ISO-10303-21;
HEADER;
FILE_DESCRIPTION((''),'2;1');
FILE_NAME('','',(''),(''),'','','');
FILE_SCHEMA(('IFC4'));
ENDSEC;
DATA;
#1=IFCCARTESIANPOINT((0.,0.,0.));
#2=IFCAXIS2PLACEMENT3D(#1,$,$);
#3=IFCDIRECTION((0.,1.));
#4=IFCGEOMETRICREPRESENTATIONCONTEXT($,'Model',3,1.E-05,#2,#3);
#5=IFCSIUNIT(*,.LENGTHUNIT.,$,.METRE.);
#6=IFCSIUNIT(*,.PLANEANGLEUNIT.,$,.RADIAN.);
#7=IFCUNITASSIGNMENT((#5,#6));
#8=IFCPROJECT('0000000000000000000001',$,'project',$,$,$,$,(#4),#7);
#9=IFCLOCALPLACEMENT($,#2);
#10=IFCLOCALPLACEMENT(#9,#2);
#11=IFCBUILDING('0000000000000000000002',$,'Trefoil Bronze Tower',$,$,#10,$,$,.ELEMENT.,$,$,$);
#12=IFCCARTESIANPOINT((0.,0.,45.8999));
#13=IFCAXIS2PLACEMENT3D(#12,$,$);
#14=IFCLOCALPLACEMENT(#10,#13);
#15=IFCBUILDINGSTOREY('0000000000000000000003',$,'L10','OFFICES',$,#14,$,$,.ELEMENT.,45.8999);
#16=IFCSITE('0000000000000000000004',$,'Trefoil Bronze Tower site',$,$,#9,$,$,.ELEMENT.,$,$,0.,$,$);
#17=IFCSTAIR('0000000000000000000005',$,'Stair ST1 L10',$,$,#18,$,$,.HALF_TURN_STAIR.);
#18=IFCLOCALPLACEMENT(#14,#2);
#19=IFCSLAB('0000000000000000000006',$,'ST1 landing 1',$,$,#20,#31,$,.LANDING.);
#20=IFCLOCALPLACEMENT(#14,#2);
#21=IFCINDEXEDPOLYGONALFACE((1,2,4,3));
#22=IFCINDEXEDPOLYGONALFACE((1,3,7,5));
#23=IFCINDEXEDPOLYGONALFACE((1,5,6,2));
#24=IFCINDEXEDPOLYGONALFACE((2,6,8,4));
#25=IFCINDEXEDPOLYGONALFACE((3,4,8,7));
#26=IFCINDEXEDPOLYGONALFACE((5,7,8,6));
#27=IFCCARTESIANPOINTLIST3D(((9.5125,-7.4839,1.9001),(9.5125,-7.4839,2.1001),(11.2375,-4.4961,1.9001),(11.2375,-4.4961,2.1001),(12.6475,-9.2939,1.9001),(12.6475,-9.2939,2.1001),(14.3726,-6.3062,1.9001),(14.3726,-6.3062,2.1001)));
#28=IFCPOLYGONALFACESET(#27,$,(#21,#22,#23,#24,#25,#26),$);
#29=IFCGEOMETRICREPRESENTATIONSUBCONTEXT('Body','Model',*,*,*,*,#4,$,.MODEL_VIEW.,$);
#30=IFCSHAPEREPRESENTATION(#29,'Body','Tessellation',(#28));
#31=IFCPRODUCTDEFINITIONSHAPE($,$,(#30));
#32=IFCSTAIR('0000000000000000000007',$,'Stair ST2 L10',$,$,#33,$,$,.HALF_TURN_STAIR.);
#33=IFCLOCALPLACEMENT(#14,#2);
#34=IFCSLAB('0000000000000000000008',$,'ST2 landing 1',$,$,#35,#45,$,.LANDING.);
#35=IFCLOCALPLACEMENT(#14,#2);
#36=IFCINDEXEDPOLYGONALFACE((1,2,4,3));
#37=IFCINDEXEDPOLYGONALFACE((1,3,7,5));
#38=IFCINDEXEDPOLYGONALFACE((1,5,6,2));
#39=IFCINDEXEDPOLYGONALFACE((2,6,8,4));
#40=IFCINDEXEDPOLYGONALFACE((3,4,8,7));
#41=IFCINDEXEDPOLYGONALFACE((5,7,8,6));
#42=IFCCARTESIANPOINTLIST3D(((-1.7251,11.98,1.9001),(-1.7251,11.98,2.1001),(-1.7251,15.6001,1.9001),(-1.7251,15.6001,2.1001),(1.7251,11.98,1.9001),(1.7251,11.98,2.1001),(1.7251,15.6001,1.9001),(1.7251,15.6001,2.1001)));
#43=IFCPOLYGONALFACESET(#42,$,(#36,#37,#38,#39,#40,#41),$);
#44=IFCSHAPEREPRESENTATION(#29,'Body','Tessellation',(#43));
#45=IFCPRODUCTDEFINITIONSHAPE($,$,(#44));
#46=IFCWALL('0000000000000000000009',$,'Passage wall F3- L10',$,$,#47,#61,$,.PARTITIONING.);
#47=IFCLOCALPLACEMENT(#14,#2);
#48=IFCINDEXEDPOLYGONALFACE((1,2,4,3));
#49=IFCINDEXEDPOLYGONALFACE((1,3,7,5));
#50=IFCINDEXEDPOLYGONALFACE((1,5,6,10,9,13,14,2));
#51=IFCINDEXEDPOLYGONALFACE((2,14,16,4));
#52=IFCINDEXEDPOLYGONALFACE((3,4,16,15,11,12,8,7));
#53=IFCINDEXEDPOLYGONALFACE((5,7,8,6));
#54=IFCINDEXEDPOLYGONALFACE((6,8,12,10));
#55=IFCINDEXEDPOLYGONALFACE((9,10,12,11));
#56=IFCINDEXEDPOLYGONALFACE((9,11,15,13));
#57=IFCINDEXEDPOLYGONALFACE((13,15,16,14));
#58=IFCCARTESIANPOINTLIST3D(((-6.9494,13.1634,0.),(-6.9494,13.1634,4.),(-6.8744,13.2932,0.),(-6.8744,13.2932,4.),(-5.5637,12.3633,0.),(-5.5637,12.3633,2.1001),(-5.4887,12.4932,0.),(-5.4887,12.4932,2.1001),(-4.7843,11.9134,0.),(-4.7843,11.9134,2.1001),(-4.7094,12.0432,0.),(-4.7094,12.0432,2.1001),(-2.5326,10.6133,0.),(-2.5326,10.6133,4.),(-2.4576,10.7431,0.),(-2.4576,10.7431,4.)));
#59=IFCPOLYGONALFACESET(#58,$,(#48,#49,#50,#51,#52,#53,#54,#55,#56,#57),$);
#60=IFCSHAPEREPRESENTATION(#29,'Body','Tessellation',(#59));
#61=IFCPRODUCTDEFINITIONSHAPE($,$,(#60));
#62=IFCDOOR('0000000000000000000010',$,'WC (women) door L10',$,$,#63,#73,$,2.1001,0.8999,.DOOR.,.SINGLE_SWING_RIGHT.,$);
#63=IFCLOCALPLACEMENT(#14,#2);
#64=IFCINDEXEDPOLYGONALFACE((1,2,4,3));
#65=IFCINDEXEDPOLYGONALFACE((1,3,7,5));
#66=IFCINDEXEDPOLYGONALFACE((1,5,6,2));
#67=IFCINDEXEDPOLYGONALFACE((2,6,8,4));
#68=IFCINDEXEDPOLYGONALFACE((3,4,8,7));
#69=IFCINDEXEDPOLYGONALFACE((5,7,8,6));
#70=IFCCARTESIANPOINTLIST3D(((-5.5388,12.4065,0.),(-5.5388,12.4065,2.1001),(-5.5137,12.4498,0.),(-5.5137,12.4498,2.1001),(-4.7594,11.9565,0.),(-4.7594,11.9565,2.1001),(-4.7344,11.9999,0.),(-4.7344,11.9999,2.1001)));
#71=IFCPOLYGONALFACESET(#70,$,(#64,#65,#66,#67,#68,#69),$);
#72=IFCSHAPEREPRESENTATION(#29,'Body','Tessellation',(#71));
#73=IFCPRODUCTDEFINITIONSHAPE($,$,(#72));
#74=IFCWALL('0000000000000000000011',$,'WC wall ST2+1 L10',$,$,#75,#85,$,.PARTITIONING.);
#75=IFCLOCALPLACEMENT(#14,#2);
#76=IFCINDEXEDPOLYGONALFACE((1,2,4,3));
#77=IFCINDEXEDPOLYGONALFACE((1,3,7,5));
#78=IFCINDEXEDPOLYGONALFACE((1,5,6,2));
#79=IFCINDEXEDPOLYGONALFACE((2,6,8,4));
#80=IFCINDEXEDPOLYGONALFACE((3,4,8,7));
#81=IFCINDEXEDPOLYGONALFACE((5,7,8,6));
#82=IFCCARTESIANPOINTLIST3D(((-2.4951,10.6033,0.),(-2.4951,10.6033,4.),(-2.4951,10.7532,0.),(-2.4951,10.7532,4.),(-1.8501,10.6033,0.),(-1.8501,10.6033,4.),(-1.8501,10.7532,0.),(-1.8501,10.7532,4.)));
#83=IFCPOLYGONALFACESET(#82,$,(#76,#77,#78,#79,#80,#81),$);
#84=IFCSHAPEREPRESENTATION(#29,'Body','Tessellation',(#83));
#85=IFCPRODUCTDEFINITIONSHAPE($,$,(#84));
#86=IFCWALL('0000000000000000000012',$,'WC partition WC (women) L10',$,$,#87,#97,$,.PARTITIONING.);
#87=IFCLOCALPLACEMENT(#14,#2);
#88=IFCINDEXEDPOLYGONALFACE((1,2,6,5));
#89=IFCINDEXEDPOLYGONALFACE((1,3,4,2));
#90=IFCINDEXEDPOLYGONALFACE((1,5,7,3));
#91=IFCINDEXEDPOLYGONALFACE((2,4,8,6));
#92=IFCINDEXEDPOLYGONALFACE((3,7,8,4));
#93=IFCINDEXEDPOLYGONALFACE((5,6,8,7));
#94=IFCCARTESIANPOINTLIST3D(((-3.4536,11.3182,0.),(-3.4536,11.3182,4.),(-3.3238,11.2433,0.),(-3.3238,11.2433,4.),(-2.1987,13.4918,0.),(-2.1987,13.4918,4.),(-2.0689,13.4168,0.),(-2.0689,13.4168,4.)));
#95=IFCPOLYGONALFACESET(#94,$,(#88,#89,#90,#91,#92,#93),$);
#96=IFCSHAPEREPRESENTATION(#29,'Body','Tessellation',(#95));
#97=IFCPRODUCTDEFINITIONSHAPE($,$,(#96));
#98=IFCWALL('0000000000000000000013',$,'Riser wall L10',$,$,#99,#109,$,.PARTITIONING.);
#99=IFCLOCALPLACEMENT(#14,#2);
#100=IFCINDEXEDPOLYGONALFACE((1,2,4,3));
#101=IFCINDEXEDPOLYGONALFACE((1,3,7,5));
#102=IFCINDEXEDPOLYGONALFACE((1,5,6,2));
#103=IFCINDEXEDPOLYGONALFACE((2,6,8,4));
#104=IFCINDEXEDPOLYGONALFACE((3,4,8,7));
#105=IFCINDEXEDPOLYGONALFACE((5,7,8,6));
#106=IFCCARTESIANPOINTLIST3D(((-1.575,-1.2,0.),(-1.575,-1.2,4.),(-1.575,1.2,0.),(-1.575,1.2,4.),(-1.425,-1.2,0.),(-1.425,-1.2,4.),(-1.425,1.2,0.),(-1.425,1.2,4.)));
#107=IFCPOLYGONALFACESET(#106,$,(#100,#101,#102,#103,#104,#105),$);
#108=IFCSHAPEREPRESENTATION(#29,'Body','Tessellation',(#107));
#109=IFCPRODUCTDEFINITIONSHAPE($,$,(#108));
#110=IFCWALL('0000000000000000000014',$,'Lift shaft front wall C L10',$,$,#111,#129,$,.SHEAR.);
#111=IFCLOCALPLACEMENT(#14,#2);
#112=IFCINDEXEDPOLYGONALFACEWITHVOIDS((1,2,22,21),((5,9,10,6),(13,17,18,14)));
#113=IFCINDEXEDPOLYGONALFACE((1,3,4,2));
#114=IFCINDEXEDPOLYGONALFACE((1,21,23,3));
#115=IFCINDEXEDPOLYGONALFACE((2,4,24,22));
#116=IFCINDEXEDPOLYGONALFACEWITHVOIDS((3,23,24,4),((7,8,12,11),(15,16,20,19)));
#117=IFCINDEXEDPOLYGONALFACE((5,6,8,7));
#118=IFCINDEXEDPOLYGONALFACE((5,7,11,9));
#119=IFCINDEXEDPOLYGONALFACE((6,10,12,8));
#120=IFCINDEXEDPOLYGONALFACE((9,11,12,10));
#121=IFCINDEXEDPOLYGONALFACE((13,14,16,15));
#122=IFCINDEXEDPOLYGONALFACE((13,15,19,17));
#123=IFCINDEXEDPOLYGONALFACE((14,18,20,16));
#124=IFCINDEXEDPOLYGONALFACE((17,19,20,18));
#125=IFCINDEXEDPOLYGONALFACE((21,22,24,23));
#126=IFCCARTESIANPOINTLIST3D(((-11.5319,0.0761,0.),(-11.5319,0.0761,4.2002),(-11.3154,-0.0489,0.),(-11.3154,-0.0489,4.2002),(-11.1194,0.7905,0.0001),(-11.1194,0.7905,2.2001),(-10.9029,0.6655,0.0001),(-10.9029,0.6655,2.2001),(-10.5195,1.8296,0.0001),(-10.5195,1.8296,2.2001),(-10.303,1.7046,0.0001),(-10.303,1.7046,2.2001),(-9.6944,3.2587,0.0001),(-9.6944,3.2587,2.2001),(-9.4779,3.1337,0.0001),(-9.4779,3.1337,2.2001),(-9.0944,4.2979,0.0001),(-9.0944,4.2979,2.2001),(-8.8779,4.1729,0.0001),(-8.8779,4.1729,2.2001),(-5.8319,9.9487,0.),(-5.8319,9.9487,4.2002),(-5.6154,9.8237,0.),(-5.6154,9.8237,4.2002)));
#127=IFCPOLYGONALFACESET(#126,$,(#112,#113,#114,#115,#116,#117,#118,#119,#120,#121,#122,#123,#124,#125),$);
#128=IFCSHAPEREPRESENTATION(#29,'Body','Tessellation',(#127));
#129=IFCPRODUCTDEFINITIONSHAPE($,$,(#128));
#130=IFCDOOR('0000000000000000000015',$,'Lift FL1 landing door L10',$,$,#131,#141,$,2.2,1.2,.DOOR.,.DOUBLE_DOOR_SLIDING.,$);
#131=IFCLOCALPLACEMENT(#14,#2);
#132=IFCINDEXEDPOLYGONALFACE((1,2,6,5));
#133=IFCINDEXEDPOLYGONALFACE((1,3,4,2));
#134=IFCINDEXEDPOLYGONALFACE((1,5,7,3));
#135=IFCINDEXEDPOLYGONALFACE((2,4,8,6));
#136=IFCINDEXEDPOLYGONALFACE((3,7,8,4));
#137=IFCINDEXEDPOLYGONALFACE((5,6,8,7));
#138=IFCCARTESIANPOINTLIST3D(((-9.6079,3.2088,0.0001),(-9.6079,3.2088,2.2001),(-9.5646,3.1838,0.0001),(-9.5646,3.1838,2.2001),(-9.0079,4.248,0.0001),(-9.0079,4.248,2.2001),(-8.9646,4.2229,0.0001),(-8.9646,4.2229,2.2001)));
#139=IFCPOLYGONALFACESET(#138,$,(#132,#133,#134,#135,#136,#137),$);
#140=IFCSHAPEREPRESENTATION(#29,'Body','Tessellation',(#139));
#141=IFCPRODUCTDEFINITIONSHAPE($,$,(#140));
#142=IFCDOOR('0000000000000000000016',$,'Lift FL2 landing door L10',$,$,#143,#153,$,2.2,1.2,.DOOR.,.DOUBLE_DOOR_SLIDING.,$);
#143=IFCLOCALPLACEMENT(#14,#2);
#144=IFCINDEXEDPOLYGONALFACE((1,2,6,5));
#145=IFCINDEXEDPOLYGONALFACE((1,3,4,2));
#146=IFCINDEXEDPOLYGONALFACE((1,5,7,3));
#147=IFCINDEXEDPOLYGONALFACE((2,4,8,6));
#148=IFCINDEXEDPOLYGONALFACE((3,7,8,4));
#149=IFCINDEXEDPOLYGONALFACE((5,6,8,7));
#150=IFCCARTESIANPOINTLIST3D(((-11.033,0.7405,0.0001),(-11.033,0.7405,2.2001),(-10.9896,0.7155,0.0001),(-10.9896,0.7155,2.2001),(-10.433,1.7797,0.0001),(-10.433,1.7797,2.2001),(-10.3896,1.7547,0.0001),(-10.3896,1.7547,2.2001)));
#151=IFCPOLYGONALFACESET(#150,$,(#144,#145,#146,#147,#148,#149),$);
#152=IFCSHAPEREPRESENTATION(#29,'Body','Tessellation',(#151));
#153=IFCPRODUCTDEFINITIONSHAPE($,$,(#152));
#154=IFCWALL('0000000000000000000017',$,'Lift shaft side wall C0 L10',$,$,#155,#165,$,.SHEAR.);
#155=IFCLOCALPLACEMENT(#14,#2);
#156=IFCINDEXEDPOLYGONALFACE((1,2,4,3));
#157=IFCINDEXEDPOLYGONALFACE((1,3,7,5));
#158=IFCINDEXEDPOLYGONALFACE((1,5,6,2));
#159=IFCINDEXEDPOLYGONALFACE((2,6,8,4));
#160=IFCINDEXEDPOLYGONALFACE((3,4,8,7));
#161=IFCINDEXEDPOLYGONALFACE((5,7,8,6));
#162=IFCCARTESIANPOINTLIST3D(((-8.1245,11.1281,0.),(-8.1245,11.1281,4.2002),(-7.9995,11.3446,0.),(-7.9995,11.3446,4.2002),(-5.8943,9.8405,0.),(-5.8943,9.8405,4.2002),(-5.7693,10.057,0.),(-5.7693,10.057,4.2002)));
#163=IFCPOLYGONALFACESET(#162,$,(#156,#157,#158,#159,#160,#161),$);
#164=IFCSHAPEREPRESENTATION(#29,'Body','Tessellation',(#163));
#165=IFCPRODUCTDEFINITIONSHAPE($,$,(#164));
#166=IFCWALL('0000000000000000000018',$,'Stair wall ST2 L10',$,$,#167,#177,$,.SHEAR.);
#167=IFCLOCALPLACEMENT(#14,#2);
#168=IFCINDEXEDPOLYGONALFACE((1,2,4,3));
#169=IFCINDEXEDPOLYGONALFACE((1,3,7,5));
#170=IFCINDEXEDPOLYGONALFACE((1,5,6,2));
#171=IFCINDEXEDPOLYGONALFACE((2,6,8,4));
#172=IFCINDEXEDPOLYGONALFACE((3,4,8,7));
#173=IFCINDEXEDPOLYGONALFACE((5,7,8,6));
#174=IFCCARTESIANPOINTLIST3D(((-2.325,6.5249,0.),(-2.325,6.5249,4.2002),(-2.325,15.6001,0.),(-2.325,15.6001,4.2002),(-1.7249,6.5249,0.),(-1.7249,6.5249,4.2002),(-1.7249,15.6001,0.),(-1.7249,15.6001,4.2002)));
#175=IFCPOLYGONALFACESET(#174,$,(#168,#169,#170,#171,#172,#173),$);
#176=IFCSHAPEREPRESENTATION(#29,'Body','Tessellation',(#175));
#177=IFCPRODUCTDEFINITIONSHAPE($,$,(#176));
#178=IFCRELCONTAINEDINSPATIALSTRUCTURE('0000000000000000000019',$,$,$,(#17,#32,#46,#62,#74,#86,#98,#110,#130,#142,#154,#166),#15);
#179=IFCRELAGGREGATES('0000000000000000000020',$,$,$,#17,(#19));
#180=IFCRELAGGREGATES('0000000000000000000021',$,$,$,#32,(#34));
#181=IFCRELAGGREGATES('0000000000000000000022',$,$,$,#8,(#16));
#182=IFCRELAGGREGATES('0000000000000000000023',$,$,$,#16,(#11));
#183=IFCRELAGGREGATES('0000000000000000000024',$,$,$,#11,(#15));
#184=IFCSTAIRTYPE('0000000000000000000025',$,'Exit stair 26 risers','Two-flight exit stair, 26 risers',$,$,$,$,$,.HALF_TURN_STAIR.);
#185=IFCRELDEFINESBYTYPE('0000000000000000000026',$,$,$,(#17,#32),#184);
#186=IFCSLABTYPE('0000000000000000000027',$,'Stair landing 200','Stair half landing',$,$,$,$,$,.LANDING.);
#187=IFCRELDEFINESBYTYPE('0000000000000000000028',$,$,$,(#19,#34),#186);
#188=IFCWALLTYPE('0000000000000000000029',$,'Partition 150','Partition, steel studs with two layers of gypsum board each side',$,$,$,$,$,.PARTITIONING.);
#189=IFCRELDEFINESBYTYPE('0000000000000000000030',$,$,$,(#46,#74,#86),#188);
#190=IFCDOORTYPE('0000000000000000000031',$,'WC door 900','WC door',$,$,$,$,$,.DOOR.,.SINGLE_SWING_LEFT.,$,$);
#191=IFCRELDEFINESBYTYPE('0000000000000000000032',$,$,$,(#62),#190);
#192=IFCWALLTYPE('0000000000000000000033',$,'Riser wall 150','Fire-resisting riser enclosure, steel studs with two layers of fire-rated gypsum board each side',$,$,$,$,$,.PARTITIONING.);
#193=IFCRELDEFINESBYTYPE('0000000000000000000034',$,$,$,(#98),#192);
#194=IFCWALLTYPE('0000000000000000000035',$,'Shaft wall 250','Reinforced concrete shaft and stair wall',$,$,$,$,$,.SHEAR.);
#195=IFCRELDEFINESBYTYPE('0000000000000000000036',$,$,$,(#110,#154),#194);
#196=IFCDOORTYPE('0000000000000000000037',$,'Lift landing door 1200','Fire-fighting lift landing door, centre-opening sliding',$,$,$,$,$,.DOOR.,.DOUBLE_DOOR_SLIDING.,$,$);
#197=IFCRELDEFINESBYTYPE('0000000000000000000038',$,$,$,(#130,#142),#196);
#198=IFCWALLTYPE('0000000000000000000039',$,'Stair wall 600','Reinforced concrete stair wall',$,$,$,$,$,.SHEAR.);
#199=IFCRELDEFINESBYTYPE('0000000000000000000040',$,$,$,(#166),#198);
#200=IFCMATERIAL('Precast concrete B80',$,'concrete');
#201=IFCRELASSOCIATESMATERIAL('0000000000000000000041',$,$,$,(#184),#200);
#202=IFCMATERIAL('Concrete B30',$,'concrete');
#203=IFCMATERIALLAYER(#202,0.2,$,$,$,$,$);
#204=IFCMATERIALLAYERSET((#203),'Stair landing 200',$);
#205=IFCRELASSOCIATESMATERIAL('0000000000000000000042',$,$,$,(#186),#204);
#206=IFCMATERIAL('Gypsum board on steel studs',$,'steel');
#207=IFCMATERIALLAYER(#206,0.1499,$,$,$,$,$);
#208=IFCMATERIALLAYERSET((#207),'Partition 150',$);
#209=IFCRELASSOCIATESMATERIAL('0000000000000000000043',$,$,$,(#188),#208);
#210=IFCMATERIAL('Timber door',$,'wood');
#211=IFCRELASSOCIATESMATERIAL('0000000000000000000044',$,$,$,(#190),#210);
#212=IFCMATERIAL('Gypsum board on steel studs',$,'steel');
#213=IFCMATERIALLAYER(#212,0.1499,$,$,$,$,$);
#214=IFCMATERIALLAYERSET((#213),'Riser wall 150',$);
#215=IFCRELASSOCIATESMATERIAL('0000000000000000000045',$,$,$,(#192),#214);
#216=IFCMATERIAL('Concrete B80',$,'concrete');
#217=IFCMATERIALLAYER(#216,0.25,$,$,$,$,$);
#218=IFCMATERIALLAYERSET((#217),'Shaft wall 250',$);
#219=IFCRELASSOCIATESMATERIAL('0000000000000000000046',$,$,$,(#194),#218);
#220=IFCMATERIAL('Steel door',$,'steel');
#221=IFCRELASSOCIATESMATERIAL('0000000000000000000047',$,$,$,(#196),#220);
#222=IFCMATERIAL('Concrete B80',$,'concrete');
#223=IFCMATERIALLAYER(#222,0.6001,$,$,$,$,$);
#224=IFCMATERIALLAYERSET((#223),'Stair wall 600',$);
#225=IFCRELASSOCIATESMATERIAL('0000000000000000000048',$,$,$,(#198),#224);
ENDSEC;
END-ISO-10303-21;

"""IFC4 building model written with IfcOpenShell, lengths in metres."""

from ifc_helpers import new_model, si_unit, direction, frame, frame_2d, origin, place, context, subcontext, project, spatial, polyline, rectangle, outline, extrude, material, layer, layer_set, type_object, element, fill, aggregate, save


model = new_model("IFC4")

# Units and contexts
model_context = context("Model", 3, precision=1e-05, world=origin(), true_north=direction((0.0, 1.0)))
body_context = subcontext(model_context, "Body", "Model", "MODEL_VIEW")
ifc_project = project(units=[si_unit("LENGTHUNIT", "METRE"), si_unit("PLANEANGLEUNIT", "RADIAN")], contexts=[model_context])

# Site, building, storey
site_placement = place(None, origin())
site = spatial("IfcSite", under=ifc_project, at=site_placement, Name="Trefoil Bronze Tower site", CompositionType="ELEMENT", RefElevation=0.0)
building_placement = place(site_placement, origin())
building = spatial("IfcBuilding", under=site, at=building_placement, Name="Trefoil Bronze Tower", CompositionType="ELEMENT")
storey_placement = place(building_placement, frame((0.0, 0.0, 45.8999)))
storey = spatial("IfcBuildingStorey", under=building, at=storey_placement, Name="L10", Description="OFFICES", CompositionType="ELEMENT", Elevation=45.8999)

# Stairs, slabs
ifc_material_1 = material(Name="Precast concrete B80", Category="concrete")
stair_type = type_object("IfcStairType", Name="Exit stair 26 risers", Description="Two-flight exit stair, 26 risers", PredefinedType="HALF_TURN_STAIR", material=ifc_material_1)
stair_1_placement = place(storey_placement, origin())
stair_1 = element("IfcStair", 1, at=stair_1_placement, inside=storey, type_object=stair_type, Name="Stair ST1 L10", PredefinedType="HALF_TURN_STAIR")
ifc_material_2 = material(Name="Concrete B30", Category="concrete")
ifc_layer_1 = layer(ifc_material_2, 0.2)
ifc_layer_set_1 = layer_set([ifc_layer_1], Name="Stair landing 200")
slab_type = type_object("IfcSlabType", Name="Stair landing 200", Description="Stair half landing", PredefinedType="LANDING", material=ifc_layer_set_1)
slab_1_placement = place(storey_placement, frame((0.0, 0.0, 1.9001)))
slab_1 = element("IfcSlab", 2, at=slab_1_placement, type_object=slab_type, Name="ST1 landing 1", PredefinedType="LANDING", context=body_context, shape_type="SweptSolid", body=[
    extrude(outline(polyline([(9.5125, -7.4839), (12.6475, -9.2939), (14.3726, -6.3062), (11.2375, -4.4961), (9.5125, -7.4839)])), origin(), (0.0, 0.0, 1.0), 0.2),
])
aggregate(stair_1, [slab_1])
stair_2_placement = place(storey_placement, origin())
stair_2 = element("IfcStair", 3, at=stair_2_placement, inside=storey, type_object=stair_type, Name="Stair ST2 L10", PredefinedType="HALF_TURN_STAIR")
slab_2_placement = place(storey_placement, frame((0.0, 0.0, 1.9001)))
slab_2 = element("IfcSlab", 4, at=slab_2_placement, type_object=slab_type, Name="ST2 landing 1", PredefinedType="LANDING", context=body_context, shape_type="SweptSolid", body=[
    extrude(outline(polyline([(1.7251, 11.98), (1.7251, 15.6001), (-1.7251, 15.6001), (-1.7251, 11.98), (1.7251, 11.98)])), origin(), (0.0, 0.0, 1.0), 0.2),
])

# Wall, opening, door
ifc_material_3 = material(Name="Gypsum board on steel studs", Category="steel")
ifc_layer_2 = layer(ifc_material_3, 0.1499)
ifc_layer_set_2 = layer_set([ifc_layer_2], Name="Partition 150")
wall_type_1 = type_object("IfcWallType", Name="Partition 150", Description="Partition, steel studs with two layers of gypsum board each side", PredefinedType="PARTITIONING", material=ifc_layer_set_2)
wall_1_placement = place(storey_placement, frame((-2.4951, 10.6782, 0.0), z_axis=(0.0, 0.0, 1.0), x_axis=(-0.866022, 0.500006, 0.0)))
wall_1 = element("IfcWall", 5, at=wall_1_placement, inside=storey, type_object=wall_type_1, Name="Passage wall F3- L10", PredefinedType="PARTITIONING", context=body_context, shape_type="SweptSolid", body=[
    extrude(rectangle(XDim=5.1001, YDim=0.1499, at=frame_2d((2.55, 0.0))), origin(), (0.0, 0.0, 1.0), 4.0),
])
opening_1_placement = place(wall_1_placement, frame((2.6001, 0.0, 0.0)))
opening_1 = element("IfcOpeningElement", 6, at=opening_1_placement, cuts=wall_1, PredefinedType="OPENING", context=body_context, shape_type="SweptSolid", body=[
    extrude(rectangle(XDim=0.8999, YDim=2.1001, at=frame_2d((0.45, 1.05))), frame((0.0, 0.085, 0.0), z_axis=(0.0, -1.0, 0.0), x_axis=(1.0, 0.0, 0.0)), (0.0, 0.0, 1.0), 0.1699),
])
ifc_material_4 = material(Name="Timber door", Category="wood")
door_type_1 = type_object("IfcDoorType", Name="WC door 900", Description="WC door", OperationType="SINGLE_SWING_LEFT", PredefinedType="DOOR", material=ifc_material_4)
door_1_placement = place(opening_1_placement, frame((0.8999, 0.0, 0.0), z_axis=(0.0, 0.0, 1.0), x_axis=(-1.0, 0.0, 0.0)))
door_1 = element("IfcDoor", 7, at=door_1_placement, inside=storey, type_object=door_type_1, Name="WC (women) door L10", OperationType="SINGLE_SWING_RIGHT", OverallHeight=2.1001, OverallWidth=0.8999, PredefinedType="DOOR", context=body_context, shape_type="SweptSolid", body=[
    extrude(rectangle(XDim=0.8999, YDim=2.1001, at=frame_2d((0.45, 1.05))), frame((0.0, 0.0249, 0.0), z_axis=(0.0, -1.0, 0.0), x_axis=(1.0, 0.0, 0.0)), (0.0, 0.0, 1.0), 0.05),
])
fill(opening_1, door_1)

# Walls
wall_2_placement = place(storey_placement, frame((-2.4951, 10.6782, 0.0), z_axis=(0.0, 0.0, 1.0), x_axis=(1.0, 0.0, 0.0)))
element("IfcWall", 8, at=wall_2_placement, inside=storey, type_object=wall_type_1, Name="WC wall ST2+1 L10", PredefinedType="PARTITIONING", context=body_context, shape_type="SweptSolid", body=[
    extrude(rectangle(XDim=0.645, YDim=0.1499, at=frame_2d((0.3225, 0.0))), origin(), (0.0, 0.0, 1.0), 4.0),
])
wall_3_placement = place(storey_placement, frame((-3.3887, 11.2808, 0.0), z_axis=(0.0, 0.0, 1.0), x_axis=(0.499989, 0.866032, 0.0)))
element("IfcWall", 9, at=wall_3_placement, inside=storey, type_object=wall_type_1, Name="WC partition WC (women) L10", PredefinedType="PARTITIONING", context=body_context, shape_type="SweptSolid", body=[
    extrude(rectangle(XDim=2.5098, YDim=0.1499, at=frame_2d((1.2549, 0.0))), origin(), (0.0, 0.0, 1.0), 4.0),
])
ifc_material_5 = material(Name="Gypsum board on steel studs", Category="steel")
ifc_layer_3 = layer(ifc_material_5, 0.1499)
ifc_layer_set_3 = layer_set([ifc_layer_3], Name="Riser wall 150")
wall_type_2 = type_object("IfcWallType", Name="Riser wall 150", Description="Fire-resisting riser enclosure, steel studs with two layers of fire-rated gypsum board each side", PredefinedType="PARTITIONING", material=ifc_layer_set_3)
wall_4_placement = place(storey_placement, frame((-1.5, 1.2, 0.0), z_axis=(0.0, 0.0, 1.0), x_axis=(0.0, -1.0, 0.0)))
element("IfcWall", 10, at=wall_4_placement, inside=storey, type_object=wall_type_2, Name="Riser wall L10", PredefinedType="PARTITIONING", context=body_context, shape_type="SweptSolid", body=[
    extrude(rectangle(XDim=2.3999, YDim=0.1499, at=frame_2d((1.2, 0.0))), origin(), (0.0, 0.0, 1.0), 4.0),
])

# Wall, openings, doors
ifc_material_6 = material(Name="Concrete B80", Category="concrete")
ifc_layer_4 = layer(ifc_material_6, 0.25)
ifc_layer_set_4 = layer_set([ifc_layer_4], Name="Shaft wall 250")
wall_type_3 = type_object("IfcWallType", Name="Shaft wall 250", Description="Reinforced concrete shaft and stair wall", PredefinedType="SHEAR", material=ifc_layer_set_4)
wall_5_placement = place(storey_placement, frame((-5.7236, 9.8862, 0.0), z_axis=(0.0, 0.0, 1.0), x_axis=(-0.500002, -0.866024, 0.0)))
wall_5 = element("IfcWall", 11, at=wall_5_placement, inside=storey, type_object=wall_type_3, Name="Lift shaft front wall C L10", PredefinedType="SHEAR", context=body_context, shape_type="SweptSolid", body=[
    extrude(rectangle(XDim=11.3999, YDim=0.25, at=frame_2d((5.7, 0.0))), origin(), (0.0, 0.0, 1.0), 4.2002),
])
opening_2_placement = place(wall_5_placement, frame((6.5249, 0.0, 0.0)))
opening_2 = element("IfcOpeningElement", 12, at=opening_2_placement, cuts=wall_5, PredefinedType="OPENING", context=body_context, shape_type="SweptSolid", body=[
    extrude(rectangle(XDim=1.2, YDim=2.2, at=frame_2d((0.6001, 1.1001))), frame((0.0, 0.135, 0.0), z_axis=(0.0, -1.0, 0.0), x_axis=(1.0, 0.0, 0.0)), (0.0, 0.0, 1.0), 0.27),
])
opening_3_placement = place(wall_5_placement, frame((9.375, 0.0, 0.0)))
opening_3 = element("IfcOpeningElement", 13, at=opening_3_placement, cuts=wall_5, PredefinedType="OPENING", context=body_context, shape_type="SweptSolid", body=[
    extrude(rectangle(XDim=1.2, YDim=2.2, at=frame_2d((0.6001, 1.1001))), frame((0.0, 0.135, 0.0), z_axis=(0.0, -1.0, 0.0), x_axis=(1.0, 0.0, 0.0)), (0.0, 0.0, 1.0), 0.27),
])
ifc_material_7 = material(Name="Steel door", Category="steel")
door_type_2 = type_object("IfcDoorType", Name="Lift landing door 1200", Description="Fire-fighting lift landing door, centre-opening sliding", OperationType="DOUBLE_DOOR_SLIDING", PredefinedType="DOOR", material=ifc_material_7)
door_2_placement = place(opening_2_placement, origin())
door_2 = element("IfcDoor", 14, at=door_2_placement, inside=storey, type_object=door_type_2, Name="Lift FL1 landing door L10", OperationType="DOUBLE_DOOR_SLIDING", OverallHeight=2.2, OverallWidth=1.2, PredefinedType="DOOR", context=body_context, shape_type="SweptSolid", body=[
    extrude(rectangle(XDim=1.2, YDim=2.2, at=frame_2d((0.6001, 1.1001))), frame((0.0, 0.0249, 0.0), z_axis=(0.0, -1.0, 0.0), x_axis=(1.0, 0.0, 0.0)), (0.0, 0.0, 1.0), 0.05),
])
fill(opening_2, door_2)
door_3_placement = place(opening_3_placement, origin())
door_3 = element("IfcDoor", 15, at=door_3_placement, inside=storey, type_object=door_type_2, Name="Lift FL2 landing door L10", OperationType="DOUBLE_DOOR_SLIDING", OverallHeight=2.2, OverallWidth=1.2, PredefinedType="DOOR", context=body_context, shape_type="SweptSolid", body=[
    extrude(rectangle(XDim=1.2, YDim=2.2, at=frame_2d((0.6001, 1.1001))), frame((0.0, 0.0249, 0.0), z_axis=(0.0, -1.0, 0.0), x_axis=(1.0, 0.0, 0.0)), (0.0, 0.0, 1.0), 0.05),
])
fill(opening_3, door_3)

# Walls
wall_6_placement = place(storey_placement, frame((-5.8318, 9.9487, 0.0), z_axis=(0.0, 0.0, 1.0), x_axis=(-0.866029, 0.499993, 0.0)))
element("IfcWall", 16, at=wall_6_placement, inside=storey, type_object=wall_type_3, Name="Lift shaft side wall C0 L10", PredefinedType="SHEAR", context=body_context, shape_type="SweptSolid", body=[
    extrude(rectangle(XDim=2.5752, YDim=0.25, at=frame_2d((1.2876, 0.0))), origin(), (0.0, 0.0, 1.0), 4.2002),
])
ifc_material_8 = material(Name="Concrete B80", Category="concrete")
ifc_layer_5 = layer(ifc_material_8, 0.6001)
ifc_layer_set_5 = layer_set([ifc_layer_5], Name="Stair wall 600")
wall_type_4 = type_object("IfcWallType", Name="Stair wall 600", Description="Reinforced concrete stair wall", PredefinedType="SHEAR", material=ifc_layer_set_5)
wall_7_placement = place(storey_placement, frame((-2.0249, 6.5249, 0.0), z_axis=(0.0, 0.0, 1.0), x_axis=(0.0, 1.0, 0.0)))
element("IfcWall", 17, at=wall_7_placement, inside=storey, type_object=wall_type_4, Name="Stair wall ST2 L10", PredefinedType="SHEAR", context=body_context, shape_type="SweptSolid", body=[
    extrude(rectangle(XDim=9.0752, YDim=0.6001, at=frame_2d((4.5376, 0.0))), origin(), (0.0, 0.0, 1.0), 4.2002),
])

aggregate(stair_2, [slab_2])

save(model, "model.ifc")
